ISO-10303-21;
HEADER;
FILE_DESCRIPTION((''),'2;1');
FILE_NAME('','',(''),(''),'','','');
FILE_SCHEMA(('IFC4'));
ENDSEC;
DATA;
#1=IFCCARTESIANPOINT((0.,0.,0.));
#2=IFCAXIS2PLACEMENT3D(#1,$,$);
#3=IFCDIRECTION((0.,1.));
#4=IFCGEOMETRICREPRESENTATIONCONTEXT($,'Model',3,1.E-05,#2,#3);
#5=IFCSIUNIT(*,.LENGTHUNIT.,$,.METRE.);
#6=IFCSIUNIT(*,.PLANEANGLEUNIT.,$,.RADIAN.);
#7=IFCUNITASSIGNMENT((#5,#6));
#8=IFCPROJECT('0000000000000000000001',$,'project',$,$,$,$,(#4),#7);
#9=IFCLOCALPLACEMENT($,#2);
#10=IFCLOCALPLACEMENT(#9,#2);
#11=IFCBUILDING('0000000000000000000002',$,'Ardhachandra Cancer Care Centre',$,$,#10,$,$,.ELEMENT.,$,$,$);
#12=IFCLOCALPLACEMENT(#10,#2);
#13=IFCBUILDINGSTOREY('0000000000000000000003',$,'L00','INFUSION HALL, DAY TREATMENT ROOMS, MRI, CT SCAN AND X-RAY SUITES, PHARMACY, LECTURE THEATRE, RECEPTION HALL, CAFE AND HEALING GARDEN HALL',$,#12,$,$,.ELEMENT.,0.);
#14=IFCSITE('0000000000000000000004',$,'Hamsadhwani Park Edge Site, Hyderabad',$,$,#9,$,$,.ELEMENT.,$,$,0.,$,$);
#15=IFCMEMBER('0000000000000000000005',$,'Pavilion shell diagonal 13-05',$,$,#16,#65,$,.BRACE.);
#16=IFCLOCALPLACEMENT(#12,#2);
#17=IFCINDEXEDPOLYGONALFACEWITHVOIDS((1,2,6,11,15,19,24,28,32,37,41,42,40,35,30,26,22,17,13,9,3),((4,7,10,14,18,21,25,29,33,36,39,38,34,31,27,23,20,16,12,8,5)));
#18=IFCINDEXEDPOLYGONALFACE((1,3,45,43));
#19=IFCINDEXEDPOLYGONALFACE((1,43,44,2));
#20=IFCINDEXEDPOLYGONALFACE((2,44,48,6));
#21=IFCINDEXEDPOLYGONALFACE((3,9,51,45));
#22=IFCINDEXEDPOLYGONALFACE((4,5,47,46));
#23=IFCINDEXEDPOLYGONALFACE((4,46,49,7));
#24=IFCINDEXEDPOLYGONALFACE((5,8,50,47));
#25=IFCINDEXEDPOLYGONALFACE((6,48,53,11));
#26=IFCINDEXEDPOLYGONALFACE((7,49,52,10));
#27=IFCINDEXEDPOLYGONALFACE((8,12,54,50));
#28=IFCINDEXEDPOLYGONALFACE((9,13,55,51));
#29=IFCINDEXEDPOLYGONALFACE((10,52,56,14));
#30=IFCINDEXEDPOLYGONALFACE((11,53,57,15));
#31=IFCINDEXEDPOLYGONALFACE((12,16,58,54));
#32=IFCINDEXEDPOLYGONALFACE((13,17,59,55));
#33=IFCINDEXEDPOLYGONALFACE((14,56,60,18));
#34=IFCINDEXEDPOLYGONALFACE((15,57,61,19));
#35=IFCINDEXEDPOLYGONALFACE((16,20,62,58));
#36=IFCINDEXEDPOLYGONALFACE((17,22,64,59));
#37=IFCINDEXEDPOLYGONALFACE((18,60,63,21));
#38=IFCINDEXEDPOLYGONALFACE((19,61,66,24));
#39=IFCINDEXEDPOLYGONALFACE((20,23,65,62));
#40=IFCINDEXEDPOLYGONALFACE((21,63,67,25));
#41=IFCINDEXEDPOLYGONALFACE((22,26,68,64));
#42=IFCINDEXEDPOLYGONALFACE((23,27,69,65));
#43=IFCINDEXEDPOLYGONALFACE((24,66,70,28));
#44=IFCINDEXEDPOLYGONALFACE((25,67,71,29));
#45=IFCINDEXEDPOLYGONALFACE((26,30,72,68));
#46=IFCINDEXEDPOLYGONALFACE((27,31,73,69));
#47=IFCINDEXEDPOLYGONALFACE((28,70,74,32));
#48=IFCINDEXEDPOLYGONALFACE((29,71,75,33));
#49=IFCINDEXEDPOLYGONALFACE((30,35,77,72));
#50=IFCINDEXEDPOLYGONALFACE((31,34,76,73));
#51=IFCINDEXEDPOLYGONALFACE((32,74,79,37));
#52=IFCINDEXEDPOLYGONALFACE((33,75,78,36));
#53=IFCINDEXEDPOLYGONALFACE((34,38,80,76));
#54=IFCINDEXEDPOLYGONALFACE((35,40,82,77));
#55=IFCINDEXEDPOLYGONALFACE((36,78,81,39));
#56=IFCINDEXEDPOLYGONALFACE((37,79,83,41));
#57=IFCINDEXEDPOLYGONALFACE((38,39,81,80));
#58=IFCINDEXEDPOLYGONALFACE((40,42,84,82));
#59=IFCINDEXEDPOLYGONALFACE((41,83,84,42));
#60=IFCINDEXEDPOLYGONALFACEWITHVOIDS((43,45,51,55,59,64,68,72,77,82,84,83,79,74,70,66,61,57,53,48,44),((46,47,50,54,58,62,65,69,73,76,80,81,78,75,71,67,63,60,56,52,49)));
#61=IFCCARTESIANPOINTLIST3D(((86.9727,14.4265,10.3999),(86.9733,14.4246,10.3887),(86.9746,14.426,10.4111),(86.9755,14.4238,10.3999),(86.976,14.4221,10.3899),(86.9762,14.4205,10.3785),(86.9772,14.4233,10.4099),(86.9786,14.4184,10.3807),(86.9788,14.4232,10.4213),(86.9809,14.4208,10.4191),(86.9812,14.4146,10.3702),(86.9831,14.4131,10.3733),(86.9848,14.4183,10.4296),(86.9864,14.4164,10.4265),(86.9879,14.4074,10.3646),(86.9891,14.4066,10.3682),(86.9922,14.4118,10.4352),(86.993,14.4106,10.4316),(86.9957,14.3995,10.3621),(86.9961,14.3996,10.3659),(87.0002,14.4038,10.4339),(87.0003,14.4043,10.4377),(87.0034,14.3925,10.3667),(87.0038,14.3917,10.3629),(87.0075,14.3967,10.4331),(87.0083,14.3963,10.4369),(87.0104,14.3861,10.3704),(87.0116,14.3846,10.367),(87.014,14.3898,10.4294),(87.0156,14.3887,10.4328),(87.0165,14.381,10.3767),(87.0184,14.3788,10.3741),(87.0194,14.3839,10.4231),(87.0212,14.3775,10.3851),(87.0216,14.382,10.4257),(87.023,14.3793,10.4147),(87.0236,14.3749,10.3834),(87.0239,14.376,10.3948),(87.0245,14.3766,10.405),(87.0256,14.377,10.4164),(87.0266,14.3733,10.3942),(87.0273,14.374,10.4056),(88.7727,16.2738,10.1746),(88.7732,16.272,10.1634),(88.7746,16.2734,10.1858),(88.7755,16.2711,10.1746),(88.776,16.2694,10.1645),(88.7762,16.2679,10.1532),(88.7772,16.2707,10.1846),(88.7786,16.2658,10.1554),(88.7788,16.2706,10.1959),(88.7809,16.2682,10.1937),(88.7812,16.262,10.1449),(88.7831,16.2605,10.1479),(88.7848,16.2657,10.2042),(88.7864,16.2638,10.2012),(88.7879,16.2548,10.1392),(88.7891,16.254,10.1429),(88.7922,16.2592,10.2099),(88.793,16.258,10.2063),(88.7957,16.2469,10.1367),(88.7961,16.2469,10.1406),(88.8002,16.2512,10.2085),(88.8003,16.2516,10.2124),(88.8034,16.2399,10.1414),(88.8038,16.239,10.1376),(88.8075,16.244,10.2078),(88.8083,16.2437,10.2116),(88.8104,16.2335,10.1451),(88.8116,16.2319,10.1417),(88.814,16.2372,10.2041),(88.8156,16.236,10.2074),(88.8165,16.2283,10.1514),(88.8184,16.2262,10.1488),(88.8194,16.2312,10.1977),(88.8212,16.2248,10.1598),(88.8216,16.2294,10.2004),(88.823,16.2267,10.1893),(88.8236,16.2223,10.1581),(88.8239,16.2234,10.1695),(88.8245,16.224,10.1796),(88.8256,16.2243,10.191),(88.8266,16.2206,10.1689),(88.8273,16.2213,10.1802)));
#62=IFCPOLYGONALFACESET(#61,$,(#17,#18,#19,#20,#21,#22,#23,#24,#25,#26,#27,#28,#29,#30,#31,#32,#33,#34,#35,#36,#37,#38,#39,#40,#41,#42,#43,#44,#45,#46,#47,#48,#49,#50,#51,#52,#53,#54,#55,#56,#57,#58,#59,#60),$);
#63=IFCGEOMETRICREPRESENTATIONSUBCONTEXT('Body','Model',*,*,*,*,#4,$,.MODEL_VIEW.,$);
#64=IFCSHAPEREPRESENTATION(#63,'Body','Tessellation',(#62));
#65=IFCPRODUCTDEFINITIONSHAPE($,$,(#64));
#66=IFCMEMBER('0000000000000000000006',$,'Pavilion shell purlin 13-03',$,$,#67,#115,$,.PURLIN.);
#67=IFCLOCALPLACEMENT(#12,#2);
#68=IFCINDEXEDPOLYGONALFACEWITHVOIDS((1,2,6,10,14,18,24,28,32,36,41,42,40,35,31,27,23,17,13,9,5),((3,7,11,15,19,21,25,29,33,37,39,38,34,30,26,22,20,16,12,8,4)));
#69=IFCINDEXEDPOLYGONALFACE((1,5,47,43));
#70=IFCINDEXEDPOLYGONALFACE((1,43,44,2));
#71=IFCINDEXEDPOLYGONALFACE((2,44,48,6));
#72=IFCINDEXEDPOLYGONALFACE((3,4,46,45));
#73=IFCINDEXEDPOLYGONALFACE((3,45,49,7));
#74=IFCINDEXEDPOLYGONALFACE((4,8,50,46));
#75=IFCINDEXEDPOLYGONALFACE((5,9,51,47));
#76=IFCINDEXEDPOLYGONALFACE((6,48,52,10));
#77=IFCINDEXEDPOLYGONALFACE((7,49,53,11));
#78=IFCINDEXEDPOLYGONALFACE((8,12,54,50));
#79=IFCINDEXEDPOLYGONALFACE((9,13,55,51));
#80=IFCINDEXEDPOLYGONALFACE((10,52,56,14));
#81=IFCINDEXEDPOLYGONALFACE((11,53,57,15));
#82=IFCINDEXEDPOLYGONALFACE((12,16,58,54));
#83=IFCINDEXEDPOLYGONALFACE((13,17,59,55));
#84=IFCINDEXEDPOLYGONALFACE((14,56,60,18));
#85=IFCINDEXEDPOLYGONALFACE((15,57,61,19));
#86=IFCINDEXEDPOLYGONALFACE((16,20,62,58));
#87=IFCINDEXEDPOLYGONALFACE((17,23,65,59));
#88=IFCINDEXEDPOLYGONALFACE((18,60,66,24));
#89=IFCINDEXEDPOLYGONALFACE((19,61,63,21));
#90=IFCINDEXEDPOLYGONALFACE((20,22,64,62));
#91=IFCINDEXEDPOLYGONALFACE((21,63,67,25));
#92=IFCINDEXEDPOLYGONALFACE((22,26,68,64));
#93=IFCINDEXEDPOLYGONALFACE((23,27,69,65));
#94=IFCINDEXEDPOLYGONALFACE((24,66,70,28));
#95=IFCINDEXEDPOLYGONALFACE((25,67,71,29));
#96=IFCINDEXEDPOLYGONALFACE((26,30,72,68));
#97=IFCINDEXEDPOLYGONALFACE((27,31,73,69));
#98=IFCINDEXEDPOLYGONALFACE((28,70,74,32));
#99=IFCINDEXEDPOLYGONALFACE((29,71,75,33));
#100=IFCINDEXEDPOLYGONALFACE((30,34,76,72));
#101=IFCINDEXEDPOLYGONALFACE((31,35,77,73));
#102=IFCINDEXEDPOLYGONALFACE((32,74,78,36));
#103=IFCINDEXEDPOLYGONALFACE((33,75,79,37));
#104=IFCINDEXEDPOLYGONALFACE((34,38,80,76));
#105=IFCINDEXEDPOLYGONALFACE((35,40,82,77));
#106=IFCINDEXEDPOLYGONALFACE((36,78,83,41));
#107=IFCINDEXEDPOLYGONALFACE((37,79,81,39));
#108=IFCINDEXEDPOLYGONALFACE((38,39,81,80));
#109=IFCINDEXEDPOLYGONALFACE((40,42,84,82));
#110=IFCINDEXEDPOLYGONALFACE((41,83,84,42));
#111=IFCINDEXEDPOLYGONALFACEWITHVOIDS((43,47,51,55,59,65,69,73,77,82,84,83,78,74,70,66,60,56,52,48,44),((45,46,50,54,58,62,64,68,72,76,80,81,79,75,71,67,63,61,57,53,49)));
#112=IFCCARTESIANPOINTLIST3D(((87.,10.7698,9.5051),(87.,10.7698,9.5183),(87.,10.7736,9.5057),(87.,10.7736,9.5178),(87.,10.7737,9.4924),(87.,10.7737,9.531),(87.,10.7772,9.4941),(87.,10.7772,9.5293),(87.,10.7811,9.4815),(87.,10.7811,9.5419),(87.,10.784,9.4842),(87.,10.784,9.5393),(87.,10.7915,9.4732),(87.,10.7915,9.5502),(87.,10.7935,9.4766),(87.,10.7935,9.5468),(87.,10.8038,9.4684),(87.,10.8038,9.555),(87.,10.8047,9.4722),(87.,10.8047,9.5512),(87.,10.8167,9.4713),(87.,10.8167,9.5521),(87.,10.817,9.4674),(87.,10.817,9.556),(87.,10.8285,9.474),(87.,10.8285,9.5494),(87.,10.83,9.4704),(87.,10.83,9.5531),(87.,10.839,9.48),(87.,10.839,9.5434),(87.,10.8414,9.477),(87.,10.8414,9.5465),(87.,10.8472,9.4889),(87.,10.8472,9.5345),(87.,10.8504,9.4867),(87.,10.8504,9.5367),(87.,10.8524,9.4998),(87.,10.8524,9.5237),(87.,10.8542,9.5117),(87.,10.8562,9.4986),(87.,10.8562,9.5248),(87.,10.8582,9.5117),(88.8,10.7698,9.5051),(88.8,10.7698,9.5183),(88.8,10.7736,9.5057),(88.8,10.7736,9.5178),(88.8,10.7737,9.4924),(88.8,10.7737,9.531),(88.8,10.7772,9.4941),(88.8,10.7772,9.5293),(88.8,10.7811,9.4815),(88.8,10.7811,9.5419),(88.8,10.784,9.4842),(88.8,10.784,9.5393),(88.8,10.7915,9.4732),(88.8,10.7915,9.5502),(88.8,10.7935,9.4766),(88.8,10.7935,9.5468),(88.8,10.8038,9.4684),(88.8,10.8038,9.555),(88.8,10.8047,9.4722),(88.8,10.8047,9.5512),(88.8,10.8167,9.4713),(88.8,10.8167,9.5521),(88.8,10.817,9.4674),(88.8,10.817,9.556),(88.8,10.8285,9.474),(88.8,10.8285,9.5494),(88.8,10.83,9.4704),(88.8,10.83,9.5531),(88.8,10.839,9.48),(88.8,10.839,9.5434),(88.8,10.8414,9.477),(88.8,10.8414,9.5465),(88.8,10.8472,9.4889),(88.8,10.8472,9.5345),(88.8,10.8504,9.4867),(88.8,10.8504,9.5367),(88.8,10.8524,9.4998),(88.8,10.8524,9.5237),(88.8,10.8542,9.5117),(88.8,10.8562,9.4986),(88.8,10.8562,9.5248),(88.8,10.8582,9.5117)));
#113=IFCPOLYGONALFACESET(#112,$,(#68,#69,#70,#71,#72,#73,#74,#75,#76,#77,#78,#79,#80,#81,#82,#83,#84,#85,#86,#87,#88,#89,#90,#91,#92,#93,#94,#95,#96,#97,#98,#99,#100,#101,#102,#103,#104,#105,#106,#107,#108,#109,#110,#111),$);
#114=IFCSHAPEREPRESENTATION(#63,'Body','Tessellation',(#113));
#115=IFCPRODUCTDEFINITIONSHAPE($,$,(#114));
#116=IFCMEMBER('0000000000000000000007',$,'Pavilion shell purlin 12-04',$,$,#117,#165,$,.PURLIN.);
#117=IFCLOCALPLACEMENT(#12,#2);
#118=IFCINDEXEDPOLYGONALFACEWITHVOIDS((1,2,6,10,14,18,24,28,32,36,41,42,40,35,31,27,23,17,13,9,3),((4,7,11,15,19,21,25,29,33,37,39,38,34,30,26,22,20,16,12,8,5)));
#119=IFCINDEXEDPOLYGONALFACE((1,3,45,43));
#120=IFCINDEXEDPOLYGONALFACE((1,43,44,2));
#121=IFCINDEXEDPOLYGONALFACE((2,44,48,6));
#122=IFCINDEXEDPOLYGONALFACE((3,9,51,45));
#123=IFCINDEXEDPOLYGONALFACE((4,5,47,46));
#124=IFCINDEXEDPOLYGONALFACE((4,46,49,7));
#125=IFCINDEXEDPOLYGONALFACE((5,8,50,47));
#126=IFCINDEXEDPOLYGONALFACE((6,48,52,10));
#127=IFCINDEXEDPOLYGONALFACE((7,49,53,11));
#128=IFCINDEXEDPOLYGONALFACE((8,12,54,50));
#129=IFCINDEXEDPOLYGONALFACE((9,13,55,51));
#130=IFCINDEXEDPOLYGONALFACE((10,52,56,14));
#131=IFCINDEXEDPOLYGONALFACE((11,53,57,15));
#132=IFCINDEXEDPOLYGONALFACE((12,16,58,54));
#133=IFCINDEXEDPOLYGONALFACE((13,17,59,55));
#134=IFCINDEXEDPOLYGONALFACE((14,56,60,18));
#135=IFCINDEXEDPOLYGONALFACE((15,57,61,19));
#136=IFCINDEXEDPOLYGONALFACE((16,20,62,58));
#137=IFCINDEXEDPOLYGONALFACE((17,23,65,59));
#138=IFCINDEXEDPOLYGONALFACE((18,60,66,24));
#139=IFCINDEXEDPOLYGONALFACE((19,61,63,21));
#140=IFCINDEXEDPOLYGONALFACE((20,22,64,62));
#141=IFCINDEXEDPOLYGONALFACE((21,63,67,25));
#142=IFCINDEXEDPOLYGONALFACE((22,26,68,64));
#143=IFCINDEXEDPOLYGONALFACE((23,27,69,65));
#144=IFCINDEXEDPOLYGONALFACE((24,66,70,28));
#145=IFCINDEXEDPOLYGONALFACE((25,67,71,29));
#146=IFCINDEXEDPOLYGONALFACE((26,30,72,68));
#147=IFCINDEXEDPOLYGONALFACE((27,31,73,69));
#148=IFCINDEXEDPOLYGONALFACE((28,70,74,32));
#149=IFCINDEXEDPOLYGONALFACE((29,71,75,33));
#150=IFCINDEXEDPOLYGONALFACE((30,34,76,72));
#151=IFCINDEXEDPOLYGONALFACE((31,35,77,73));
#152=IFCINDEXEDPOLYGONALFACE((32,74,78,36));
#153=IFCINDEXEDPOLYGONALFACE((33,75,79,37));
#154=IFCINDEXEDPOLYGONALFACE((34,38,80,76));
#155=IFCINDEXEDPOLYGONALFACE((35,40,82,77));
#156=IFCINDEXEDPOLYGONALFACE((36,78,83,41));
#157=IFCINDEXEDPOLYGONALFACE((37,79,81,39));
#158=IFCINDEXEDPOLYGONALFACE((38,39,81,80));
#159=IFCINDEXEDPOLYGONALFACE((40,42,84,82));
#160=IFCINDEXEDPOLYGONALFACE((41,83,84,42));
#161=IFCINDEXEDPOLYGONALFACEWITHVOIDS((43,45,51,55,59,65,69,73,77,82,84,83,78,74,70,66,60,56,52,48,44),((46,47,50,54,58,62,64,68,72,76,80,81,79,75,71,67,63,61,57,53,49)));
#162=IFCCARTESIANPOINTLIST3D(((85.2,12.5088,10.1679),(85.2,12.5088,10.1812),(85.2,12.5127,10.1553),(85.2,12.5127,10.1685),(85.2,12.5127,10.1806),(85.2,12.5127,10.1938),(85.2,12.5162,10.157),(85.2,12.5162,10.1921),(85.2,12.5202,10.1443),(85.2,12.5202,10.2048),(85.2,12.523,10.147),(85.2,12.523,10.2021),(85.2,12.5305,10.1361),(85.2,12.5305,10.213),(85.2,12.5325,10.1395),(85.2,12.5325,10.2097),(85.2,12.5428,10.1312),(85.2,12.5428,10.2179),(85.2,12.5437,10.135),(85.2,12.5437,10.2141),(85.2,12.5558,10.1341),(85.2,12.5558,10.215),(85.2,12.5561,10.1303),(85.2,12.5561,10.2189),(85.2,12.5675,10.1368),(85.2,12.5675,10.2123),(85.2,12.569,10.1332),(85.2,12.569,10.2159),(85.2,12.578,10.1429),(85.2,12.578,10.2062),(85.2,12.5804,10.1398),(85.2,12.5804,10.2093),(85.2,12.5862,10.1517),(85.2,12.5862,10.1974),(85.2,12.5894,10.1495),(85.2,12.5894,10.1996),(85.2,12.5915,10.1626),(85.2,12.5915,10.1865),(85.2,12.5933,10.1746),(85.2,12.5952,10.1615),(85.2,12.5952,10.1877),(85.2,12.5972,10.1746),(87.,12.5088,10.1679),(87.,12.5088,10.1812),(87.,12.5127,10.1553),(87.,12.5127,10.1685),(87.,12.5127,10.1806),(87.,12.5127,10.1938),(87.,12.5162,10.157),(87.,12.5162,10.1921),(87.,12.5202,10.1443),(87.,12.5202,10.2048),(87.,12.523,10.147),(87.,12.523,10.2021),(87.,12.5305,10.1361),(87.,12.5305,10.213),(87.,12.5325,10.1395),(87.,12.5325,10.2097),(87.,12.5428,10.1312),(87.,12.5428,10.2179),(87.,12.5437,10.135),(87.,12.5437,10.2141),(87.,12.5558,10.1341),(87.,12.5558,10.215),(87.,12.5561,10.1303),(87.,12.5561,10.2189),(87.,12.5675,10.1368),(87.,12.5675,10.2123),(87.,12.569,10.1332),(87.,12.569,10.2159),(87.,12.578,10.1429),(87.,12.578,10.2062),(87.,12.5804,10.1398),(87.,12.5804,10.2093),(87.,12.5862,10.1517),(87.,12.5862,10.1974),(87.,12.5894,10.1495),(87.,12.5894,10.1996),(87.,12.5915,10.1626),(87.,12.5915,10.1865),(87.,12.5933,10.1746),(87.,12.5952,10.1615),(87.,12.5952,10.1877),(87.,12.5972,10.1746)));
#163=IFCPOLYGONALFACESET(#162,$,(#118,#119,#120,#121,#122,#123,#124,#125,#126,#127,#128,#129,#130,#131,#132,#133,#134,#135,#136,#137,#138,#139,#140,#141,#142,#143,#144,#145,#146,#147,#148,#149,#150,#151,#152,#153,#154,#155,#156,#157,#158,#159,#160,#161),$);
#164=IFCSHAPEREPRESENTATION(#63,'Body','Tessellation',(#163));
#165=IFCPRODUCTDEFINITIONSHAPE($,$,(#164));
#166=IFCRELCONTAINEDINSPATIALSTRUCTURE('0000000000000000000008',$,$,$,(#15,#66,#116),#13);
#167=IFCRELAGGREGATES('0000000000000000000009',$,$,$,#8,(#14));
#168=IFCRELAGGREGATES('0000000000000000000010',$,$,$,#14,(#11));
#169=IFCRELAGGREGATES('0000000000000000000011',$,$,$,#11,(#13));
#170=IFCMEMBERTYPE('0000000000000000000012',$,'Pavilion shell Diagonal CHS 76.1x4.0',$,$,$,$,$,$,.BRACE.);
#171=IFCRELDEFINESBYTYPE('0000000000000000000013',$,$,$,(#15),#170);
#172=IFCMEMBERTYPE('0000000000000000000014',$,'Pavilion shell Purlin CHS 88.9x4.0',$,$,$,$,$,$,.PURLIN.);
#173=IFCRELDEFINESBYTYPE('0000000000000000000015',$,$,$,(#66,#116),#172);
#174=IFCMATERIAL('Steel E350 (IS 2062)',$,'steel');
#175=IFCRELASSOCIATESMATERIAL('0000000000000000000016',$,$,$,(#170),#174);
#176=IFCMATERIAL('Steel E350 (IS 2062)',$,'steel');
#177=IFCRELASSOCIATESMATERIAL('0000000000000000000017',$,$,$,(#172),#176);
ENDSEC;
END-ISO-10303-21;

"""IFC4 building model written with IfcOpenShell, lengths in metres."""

from ifc_helpers import new_model, si_unit, direction, frame, origin, origin_2d, place, context, subcontext, project, spatial, hollow_circle, extrude, material, material_profile, profile_set, type_object, element, save


model = new_model("IFC4")

# Units and contexts
model_context = context("Model", 3, precision=1e-05, world=origin(), true_north=direction((0.0, 1.0)))
body_context = subcontext(model_context, "Body", "Model", "MODEL_VIEW")
ifc_project = project(units=[si_unit("LENGTHUNIT", "METRE"), si_unit("PLANEANGLEUNIT", "RADIAN")], contexts=[model_context])

# Site, building, storey
site_placement = place(None, origin())
site = spatial("IfcSite", under=ifc_project, at=site_placement, Name="Hamsadhwani Park Edge Site, Hyderabad", CompositionType="ELEMENT", RefElevation=0.0)
building_placement = place(site_placement, origin())
building = spatial("IfcBuilding", under=site, at=building_placement, Name="Ardhachandra Cancer Care Centre", CompositionType="ELEMENT")
storey_placement = place(building_placement, origin())
storey = spatial("IfcBuildingStorey", under=building, at=storey_placement, Name="L00", Description="INFUSION HALL, DAY TREATMENT ROOMS, MRI, CT SCAN AND X-RAY SUITES, PHARMACY, LECTURE THEATRE, RECEPTION HALL, CAFE AND HEALING GARDEN HALL", CompositionType="ELEMENT", Elevation=0.0)

# Members
ifc_material_1 = material(Name="Steel E350 (IS 2062)", Category="steel")
ifc_material_profile_1 = material_profile(ifc_material_1, hollow_circle(Radius=0.0381, WallThickness=0.0039, at=origin_2d()), Name="CHS 76.1x4.0")
ifc_profile_set_1 = profile_set([ifc_material_profile_1], Name="Steel E350 (IS 2062)")
member_type_1 = type_object("IfcMemberType", Name="Pavilion shell Diagonal CHS 76.1x4.0", PredefinedType="BRACE", material=ifc_profile_set_1)
for number, where, z_axis, x_axis, name in (
    (1, (87.0, 14.3999, 10.3999), (0.695218, 0.713511, -0.087032), (-0.716228, 0.697866, 0.0), "Pavilion shell diagonal 13-05"),
):
    element("IfcMember", number, at=place(storey_placement, frame(where, z_axis=z_axis, x_axis=x_axis)), inside=storey, type_object=member_type_1, Name=name, PredefinedType="BRACE", context=body_context, shape_type="SweptSolid", body=[
        extrude(hollow_circle(Radius=0.0381, WallThickness=0.0039, at=origin_2d()), origin(), (0.0, 0.0, 1.0), 2.5891),
    ])
ifc_material_2 = material(Name="Steel E350 (IS 2062)", Category="steel")
ifc_material_profile_2 = material_profile(ifc_material_2, hollow_circle(Radius=0.0444, WallThickness=0.0039, at=origin_2d()), Name="CHS 88.9x4.0")
ifc_profile_set_2 = profile_set([ifc_material_profile_2], Name="Steel E350 (IS 2062)")
member_type_2 = type_object("IfcMemberType", Name="Pavilion shell Purlin CHS 88.9x4.0", PredefinedType="PURLIN", material=ifc_profile_set_2)
for number, where, z_axis, x_axis, name in (
    (2, (87.0, 10.8137, 9.5117), (1.0, 0.0, 0.0), (0.0, 1.0, 0.0), "Pavilion shell purlin 13-03"),
    (3, (85.2, 12.5527, 10.1746), (1.0, 0.0, 0.0), (0.0, 1.0, 0.0), "Pavilion shell purlin 12-04"),
):
    element("IfcMember", number, at=place(storey_placement, frame(where, z_axis=z_axis, x_axis=x_axis)), inside=storey, type_object=member_type_2, Name=name, PredefinedType="PURLIN", context=body_context, shape_type="SweptSolid", body=[
        extrude(hollow_circle(Radius=0.0444, WallThickness=0.0039, at=origin_2d()), origin(), (0.0, 0.0, 1.0), 1.8),
    ])

save(model, "model.ifc")
